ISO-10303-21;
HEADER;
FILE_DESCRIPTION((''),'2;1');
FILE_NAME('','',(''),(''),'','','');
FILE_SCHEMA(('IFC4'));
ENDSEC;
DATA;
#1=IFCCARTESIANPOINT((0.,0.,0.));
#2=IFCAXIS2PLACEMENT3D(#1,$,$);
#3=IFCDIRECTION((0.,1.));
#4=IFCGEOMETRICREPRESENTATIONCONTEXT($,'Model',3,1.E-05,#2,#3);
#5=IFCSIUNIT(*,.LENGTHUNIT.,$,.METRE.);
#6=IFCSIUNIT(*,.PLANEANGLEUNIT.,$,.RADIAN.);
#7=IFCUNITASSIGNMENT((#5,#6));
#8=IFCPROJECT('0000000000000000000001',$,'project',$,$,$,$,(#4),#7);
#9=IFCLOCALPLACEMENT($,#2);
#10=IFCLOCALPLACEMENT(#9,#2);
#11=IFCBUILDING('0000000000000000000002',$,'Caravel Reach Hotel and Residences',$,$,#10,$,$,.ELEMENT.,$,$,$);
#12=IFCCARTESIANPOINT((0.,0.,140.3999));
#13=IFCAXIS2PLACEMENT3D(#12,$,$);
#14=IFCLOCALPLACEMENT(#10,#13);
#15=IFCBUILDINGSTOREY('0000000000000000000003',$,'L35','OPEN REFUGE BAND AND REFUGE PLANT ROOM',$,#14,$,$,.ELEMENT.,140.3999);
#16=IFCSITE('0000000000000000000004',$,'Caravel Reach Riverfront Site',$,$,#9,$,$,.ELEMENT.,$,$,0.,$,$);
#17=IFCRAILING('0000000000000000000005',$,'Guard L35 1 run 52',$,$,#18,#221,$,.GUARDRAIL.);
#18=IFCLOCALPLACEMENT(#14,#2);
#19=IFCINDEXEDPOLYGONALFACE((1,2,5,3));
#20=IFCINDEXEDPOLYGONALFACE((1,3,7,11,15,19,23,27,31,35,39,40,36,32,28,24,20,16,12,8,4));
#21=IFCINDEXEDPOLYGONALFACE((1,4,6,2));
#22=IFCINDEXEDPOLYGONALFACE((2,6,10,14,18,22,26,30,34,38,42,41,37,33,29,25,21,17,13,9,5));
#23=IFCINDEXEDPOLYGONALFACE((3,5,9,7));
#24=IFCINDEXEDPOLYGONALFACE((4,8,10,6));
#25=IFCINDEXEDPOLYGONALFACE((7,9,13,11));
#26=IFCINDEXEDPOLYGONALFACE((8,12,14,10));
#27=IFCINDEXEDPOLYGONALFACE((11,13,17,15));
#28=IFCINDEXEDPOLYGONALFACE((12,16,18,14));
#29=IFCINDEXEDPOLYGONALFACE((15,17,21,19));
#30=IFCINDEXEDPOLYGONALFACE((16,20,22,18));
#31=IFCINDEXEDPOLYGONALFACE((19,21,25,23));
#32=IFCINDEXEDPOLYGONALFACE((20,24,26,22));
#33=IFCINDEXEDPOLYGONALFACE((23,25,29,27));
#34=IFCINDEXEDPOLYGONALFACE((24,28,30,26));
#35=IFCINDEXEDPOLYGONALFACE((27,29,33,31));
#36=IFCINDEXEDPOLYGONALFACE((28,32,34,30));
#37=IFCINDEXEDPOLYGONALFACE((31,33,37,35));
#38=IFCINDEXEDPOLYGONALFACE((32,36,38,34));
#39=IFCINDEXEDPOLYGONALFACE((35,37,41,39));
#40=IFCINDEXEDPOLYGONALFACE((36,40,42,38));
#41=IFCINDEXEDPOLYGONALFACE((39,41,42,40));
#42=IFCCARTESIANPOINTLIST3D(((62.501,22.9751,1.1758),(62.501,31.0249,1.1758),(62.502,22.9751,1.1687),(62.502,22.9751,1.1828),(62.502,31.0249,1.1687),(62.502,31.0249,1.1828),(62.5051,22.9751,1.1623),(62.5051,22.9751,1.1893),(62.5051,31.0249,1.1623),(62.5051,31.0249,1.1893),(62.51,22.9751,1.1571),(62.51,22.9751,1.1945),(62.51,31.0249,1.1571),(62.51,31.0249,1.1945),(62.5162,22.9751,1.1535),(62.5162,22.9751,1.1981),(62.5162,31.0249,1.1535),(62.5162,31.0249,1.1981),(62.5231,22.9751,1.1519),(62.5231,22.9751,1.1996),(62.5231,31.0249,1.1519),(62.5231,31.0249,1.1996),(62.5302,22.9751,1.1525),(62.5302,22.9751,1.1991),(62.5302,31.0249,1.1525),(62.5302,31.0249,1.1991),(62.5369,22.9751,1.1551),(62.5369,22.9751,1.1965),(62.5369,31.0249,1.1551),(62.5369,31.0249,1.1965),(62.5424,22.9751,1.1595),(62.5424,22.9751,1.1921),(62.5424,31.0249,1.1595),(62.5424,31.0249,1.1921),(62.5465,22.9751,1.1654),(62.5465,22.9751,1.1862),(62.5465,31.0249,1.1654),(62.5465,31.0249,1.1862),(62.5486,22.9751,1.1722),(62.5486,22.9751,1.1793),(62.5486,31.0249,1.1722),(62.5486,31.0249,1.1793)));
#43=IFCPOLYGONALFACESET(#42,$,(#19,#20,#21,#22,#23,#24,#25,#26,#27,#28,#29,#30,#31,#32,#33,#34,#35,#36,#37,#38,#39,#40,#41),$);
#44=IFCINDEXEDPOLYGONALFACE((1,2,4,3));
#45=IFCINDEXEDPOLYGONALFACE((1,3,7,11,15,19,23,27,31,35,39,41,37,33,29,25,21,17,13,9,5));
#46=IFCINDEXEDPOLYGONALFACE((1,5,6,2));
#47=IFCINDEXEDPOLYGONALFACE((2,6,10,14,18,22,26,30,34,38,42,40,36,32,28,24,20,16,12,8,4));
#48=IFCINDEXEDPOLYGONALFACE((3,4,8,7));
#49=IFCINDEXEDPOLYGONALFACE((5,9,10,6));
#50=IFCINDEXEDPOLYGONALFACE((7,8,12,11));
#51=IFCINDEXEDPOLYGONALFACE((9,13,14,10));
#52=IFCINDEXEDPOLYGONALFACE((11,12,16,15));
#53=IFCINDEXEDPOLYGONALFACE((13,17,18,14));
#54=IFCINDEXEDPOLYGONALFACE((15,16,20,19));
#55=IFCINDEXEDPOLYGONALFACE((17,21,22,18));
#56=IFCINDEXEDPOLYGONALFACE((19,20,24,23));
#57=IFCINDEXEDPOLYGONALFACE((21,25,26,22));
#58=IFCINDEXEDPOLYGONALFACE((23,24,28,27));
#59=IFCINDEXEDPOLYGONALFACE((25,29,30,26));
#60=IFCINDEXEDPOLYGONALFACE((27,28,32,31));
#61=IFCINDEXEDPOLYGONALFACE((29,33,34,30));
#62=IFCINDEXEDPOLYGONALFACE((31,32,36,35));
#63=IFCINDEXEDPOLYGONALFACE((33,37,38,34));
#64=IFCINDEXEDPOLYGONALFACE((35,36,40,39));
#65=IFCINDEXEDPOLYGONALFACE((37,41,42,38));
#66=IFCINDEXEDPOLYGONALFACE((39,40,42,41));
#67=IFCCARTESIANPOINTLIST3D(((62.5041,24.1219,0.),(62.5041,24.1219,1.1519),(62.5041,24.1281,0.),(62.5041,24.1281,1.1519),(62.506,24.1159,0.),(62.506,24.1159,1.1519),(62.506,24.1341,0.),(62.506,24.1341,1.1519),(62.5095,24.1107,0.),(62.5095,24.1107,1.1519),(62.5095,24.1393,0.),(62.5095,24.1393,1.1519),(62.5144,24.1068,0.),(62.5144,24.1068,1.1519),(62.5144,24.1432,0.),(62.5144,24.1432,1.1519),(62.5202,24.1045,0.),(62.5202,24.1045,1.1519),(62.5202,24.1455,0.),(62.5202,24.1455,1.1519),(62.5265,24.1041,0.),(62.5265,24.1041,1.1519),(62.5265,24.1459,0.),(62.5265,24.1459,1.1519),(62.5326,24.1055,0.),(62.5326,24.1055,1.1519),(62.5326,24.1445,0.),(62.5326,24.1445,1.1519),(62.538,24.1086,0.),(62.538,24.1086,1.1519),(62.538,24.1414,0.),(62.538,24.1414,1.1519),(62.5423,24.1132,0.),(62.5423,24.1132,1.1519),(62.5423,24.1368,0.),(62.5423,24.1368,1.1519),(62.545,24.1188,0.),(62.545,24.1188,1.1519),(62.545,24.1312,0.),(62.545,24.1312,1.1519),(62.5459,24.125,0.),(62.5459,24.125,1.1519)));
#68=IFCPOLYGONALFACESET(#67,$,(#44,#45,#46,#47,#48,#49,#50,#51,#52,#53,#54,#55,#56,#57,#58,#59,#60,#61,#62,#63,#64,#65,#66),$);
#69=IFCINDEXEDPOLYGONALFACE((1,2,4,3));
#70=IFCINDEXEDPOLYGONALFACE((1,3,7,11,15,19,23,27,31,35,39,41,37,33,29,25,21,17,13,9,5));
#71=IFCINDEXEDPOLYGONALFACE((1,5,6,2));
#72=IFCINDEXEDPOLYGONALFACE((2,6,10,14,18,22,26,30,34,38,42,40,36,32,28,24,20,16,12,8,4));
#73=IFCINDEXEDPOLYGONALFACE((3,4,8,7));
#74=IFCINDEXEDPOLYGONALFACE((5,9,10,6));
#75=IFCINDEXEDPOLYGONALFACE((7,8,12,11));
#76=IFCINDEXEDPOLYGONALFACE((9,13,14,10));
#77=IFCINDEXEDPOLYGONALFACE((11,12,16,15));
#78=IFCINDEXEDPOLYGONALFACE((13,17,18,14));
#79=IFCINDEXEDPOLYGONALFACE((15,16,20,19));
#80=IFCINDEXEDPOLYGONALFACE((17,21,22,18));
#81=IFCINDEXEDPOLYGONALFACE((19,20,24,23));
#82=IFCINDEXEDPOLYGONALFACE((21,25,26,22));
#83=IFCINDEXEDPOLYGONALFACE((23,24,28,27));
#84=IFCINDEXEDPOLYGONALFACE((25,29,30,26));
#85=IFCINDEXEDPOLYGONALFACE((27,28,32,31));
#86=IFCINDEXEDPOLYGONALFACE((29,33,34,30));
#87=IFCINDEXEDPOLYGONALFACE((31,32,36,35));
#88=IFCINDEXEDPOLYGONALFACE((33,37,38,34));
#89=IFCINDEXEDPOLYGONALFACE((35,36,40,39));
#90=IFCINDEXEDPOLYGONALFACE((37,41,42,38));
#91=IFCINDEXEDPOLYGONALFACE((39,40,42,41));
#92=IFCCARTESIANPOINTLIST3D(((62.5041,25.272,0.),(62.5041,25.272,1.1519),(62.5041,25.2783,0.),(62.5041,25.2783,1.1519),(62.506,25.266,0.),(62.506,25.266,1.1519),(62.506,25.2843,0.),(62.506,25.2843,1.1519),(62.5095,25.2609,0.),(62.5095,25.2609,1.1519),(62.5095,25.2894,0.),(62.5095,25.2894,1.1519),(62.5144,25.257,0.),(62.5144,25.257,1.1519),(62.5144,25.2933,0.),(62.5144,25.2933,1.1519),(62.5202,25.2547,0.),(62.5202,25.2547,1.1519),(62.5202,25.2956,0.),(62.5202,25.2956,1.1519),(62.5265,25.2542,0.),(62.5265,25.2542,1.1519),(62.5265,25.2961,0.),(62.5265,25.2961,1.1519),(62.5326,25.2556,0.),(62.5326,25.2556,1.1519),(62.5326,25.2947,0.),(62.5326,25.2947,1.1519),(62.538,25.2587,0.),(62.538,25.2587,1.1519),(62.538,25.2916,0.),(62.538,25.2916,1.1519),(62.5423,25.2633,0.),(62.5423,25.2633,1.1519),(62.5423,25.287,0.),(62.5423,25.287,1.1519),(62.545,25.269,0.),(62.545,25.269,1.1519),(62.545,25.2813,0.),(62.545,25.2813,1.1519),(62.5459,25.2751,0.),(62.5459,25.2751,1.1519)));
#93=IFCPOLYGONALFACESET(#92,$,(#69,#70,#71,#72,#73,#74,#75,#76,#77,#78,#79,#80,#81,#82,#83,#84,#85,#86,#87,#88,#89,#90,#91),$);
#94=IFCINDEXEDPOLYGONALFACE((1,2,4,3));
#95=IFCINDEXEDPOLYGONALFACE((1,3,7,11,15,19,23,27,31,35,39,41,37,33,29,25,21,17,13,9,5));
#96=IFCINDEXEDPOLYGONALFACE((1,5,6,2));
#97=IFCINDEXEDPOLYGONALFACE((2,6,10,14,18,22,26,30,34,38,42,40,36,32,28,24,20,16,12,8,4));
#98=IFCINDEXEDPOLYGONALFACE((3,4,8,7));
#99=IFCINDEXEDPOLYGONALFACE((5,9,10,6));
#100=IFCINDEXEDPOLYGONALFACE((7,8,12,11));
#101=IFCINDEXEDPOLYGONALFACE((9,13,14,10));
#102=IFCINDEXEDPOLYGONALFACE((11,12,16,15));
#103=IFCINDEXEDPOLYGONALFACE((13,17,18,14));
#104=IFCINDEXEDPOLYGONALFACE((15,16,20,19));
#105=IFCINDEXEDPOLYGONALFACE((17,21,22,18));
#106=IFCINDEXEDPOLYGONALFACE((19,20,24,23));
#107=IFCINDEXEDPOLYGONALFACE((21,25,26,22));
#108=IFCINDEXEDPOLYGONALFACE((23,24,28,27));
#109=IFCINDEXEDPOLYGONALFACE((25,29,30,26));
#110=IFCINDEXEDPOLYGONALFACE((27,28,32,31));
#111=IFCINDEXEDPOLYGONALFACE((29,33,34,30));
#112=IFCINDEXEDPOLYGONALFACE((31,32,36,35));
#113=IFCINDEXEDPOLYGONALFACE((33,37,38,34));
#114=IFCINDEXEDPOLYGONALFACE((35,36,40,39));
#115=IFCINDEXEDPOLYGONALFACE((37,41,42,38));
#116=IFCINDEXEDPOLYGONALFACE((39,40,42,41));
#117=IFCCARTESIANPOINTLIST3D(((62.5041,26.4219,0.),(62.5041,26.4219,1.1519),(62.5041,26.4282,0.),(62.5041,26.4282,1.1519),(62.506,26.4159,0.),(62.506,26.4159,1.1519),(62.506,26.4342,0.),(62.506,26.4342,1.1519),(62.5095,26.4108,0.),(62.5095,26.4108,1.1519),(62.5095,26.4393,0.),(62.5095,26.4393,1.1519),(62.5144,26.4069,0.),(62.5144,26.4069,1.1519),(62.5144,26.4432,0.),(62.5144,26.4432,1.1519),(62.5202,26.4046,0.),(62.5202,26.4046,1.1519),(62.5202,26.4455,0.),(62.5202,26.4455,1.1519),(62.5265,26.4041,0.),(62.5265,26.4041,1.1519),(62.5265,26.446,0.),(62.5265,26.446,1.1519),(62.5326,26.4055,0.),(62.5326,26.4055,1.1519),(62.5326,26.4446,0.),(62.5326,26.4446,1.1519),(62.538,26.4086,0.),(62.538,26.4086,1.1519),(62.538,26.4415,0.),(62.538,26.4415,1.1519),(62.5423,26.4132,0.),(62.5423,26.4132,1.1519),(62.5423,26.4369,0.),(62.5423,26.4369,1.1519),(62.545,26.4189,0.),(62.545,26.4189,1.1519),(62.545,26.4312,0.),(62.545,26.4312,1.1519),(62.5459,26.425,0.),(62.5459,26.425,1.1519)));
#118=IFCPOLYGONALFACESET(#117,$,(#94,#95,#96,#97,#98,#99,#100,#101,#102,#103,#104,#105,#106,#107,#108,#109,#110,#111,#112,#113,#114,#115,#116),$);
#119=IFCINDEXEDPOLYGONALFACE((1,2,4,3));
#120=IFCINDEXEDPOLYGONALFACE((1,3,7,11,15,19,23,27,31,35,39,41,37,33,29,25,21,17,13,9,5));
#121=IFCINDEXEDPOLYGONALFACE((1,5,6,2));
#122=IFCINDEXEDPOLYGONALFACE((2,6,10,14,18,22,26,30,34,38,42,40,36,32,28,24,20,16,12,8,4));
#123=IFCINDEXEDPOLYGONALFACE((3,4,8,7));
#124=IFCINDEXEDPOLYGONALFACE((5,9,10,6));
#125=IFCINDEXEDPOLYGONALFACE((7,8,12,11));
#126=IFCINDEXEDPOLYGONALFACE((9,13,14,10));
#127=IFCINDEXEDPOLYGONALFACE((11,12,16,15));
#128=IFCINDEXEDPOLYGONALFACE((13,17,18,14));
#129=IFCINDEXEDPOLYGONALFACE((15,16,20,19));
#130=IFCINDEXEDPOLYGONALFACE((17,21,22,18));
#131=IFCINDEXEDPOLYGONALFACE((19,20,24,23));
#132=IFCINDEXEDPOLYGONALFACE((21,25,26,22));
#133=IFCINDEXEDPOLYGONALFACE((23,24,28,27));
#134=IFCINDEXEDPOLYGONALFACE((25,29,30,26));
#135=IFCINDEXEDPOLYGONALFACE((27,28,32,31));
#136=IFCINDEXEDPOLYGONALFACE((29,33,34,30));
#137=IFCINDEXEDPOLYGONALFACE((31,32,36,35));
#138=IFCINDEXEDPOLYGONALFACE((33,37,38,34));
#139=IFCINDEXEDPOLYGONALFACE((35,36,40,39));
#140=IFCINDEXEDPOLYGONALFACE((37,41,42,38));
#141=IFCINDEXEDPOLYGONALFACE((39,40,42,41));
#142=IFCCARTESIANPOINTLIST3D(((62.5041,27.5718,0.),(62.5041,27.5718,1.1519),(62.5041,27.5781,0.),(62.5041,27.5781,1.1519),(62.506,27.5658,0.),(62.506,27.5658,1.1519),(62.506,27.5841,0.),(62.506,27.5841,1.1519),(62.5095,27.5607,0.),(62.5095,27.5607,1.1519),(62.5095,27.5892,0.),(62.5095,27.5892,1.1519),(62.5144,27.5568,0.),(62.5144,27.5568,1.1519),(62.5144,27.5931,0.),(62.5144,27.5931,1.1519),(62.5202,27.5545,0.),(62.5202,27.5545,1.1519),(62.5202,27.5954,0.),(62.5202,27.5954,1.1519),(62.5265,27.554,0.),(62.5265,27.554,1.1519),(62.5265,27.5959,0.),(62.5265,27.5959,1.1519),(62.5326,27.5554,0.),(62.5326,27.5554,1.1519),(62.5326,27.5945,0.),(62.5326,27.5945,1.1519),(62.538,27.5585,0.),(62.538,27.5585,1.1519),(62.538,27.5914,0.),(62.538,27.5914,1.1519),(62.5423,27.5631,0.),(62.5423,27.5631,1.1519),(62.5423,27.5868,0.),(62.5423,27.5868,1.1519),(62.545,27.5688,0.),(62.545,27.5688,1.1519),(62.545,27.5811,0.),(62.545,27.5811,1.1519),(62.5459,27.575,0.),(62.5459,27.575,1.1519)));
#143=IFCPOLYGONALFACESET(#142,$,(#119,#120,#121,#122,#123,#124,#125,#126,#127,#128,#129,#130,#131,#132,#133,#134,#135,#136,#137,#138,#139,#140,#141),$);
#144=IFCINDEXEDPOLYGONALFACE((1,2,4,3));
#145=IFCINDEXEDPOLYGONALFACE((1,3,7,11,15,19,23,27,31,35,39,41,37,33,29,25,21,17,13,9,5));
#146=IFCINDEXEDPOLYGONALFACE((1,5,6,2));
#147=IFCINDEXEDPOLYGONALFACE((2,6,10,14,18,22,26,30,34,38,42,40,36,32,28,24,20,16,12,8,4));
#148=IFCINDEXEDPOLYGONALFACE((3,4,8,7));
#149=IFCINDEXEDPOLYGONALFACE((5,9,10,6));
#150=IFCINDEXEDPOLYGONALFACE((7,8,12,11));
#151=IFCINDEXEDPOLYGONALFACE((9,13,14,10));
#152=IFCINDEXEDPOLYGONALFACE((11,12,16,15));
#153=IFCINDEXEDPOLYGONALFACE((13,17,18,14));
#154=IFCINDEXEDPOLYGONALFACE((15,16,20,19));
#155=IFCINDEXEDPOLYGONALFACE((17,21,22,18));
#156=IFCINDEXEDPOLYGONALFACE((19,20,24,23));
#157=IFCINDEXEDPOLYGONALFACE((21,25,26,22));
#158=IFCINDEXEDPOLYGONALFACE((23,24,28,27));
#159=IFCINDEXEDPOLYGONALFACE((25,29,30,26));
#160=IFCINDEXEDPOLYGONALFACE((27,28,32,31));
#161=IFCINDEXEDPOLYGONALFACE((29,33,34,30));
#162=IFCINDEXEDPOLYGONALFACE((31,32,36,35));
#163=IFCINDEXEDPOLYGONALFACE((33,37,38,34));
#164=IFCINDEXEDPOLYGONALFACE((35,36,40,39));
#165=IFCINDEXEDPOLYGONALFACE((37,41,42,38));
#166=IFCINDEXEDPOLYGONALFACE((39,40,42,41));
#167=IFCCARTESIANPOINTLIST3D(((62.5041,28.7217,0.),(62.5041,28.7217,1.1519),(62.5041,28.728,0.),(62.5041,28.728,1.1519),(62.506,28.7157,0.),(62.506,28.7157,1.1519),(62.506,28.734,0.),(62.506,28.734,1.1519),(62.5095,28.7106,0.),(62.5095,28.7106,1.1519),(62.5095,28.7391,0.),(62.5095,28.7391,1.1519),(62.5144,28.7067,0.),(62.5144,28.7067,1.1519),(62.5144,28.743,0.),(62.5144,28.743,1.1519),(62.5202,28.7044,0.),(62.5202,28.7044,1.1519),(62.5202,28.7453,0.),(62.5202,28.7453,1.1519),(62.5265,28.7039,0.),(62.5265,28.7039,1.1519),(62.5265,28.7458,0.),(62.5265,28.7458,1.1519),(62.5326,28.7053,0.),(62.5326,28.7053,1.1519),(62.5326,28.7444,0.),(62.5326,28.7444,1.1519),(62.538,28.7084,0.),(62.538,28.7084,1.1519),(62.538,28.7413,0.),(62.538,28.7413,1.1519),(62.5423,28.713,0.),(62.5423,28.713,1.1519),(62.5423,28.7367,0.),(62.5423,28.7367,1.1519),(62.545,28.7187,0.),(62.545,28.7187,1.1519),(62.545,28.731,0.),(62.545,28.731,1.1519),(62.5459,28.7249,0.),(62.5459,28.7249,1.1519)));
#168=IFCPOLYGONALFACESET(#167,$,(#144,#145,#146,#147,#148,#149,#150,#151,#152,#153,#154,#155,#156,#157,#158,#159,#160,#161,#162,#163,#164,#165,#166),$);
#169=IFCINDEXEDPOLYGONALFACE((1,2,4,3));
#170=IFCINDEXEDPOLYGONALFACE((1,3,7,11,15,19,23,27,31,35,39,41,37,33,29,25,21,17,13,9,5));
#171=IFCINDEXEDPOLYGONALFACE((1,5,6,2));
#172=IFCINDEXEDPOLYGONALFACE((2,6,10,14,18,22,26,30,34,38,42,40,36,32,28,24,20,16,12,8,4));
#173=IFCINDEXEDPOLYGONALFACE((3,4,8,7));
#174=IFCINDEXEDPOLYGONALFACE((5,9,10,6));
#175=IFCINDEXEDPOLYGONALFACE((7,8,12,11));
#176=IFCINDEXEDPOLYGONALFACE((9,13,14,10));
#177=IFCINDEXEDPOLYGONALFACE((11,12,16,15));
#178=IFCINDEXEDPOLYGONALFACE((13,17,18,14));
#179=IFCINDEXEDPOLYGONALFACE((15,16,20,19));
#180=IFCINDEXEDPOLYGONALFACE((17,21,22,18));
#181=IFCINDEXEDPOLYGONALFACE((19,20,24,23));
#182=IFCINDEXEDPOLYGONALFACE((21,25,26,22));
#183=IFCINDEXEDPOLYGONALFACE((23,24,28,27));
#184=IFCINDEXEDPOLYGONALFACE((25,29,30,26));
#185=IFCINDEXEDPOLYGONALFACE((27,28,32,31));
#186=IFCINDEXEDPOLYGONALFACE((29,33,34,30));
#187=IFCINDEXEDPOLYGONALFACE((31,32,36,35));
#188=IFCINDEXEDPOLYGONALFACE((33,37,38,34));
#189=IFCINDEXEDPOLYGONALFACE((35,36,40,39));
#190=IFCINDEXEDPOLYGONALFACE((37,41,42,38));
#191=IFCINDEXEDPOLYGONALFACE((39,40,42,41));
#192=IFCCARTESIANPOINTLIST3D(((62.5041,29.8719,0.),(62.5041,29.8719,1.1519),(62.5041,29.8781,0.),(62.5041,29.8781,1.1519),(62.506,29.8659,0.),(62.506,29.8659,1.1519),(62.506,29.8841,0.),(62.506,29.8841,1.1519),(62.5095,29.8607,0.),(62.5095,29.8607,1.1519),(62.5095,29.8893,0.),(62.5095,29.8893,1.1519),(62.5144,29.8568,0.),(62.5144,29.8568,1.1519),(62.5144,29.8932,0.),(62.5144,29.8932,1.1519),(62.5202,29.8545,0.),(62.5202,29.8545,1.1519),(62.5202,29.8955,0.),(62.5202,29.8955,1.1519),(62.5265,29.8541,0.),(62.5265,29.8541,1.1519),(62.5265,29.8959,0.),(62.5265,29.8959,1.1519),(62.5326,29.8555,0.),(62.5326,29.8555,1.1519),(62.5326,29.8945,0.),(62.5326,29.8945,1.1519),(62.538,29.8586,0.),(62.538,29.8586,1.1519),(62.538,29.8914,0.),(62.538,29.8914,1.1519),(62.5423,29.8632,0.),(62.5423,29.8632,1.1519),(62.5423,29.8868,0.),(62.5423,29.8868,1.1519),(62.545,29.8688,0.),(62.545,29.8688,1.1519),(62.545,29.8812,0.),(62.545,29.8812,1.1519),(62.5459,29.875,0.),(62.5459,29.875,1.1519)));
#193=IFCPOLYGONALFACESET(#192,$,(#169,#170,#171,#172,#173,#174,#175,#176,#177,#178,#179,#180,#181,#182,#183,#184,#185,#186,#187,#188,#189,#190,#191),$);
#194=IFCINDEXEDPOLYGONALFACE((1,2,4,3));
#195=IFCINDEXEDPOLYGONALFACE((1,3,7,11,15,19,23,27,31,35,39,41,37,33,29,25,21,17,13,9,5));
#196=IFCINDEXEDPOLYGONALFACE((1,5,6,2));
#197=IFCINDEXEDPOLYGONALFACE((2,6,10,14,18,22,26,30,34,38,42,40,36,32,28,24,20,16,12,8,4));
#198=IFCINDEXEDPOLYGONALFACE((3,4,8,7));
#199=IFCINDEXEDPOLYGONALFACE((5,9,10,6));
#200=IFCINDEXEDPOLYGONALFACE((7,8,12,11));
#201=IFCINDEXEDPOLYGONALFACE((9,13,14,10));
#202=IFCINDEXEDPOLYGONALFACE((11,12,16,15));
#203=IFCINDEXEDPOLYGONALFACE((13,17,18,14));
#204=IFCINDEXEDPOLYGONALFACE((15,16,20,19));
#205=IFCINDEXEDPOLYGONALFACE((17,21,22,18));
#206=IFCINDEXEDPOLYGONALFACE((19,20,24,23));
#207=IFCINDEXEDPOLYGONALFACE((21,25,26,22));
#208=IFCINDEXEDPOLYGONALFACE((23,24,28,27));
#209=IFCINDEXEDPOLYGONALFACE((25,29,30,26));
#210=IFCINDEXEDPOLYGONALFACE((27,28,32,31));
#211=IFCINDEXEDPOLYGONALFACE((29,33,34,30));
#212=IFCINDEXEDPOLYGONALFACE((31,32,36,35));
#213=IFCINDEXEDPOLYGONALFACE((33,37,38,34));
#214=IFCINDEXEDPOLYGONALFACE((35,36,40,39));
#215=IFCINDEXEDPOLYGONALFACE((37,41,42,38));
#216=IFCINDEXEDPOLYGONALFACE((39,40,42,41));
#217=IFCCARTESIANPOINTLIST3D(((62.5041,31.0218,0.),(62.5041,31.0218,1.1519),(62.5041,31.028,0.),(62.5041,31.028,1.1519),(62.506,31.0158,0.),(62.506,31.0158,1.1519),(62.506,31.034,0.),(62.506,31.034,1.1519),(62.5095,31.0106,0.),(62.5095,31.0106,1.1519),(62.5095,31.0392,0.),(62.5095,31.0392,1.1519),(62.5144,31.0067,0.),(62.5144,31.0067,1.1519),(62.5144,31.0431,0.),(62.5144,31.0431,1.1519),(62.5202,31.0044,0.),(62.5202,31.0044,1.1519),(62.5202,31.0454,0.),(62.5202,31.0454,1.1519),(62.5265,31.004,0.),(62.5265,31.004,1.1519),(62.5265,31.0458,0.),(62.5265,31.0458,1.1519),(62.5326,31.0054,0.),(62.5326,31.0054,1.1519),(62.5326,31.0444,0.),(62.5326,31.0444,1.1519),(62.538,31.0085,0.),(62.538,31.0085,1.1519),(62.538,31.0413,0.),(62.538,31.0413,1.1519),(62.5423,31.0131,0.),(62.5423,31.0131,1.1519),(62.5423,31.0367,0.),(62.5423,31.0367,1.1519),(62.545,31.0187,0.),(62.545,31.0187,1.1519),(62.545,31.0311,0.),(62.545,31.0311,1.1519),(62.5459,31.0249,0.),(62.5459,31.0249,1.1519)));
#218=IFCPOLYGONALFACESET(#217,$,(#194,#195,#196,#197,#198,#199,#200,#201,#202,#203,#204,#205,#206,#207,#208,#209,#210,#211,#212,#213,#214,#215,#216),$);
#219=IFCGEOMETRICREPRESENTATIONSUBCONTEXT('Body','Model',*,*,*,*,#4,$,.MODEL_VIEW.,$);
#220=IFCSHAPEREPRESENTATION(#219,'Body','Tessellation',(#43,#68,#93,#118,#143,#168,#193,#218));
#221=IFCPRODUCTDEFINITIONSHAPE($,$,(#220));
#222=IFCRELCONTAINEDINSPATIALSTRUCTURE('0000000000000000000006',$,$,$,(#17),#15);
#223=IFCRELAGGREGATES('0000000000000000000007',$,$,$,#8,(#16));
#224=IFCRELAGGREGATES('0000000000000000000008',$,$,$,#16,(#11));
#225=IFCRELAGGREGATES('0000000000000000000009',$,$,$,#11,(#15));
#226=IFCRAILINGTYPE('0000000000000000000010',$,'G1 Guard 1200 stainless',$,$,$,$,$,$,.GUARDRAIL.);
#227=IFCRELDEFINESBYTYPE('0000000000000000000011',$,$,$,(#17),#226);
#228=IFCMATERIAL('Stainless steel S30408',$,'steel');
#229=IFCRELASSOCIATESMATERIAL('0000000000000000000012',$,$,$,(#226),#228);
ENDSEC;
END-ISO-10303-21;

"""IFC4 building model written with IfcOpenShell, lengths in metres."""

from ifc_helpers import new_model, si_unit, direction, frame, origin, origin_2d, place, context, subcontext, project, spatial, circle, extrude, material, type_object, element, save


model = new_model("IFC4")

# Units and contexts
model_context = context("Model", 3, precision=1e-05, world=origin(), true_north=direction((0.0, 1.0)))
body_context = subcontext(model_context, "Body", "Model", "MODEL_VIEW")
ifc_project = project(units=[si_unit("LENGTHUNIT", "METRE"), si_unit("PLANEANGLEUNIT", "RADIAN")], contexts=[model_context])

# Site, building, storey
site_placement = place(None, origin())
site = spatial("IfcSite", under=ifc_project, at=site_placement, Name="Caravel Reach Riverfront Site", CompositionType="ELEMENT", RefElevation=0.0)
building_placement = place(site_placement, origin())
building = spatial("IfcBuilding", under=site, at=building_placement, Name="Caravel Reach Hotel and Residences", CompositionType="ELEMENT")
storey_placement = place(building_placement, frame((0.0, 0.0, 140.3999)))
storey = spatial("IfcBuildingStorey", under=building, at=storey_placement, Name="L35", Description="OPEN REFUGE BAND AND REFUGE PLANT ROOM", CompositionType="ELEMENT", Elevation=140.3999)

# Railing
ifc_material_1 = material(Name="Stainless steel S30408", Category="steel")
railing_type = type_object("IfcRailingType", Name="G1 Guard 1200 stainless", PredefinedType="GUARDRAIL", material=ifc_material_1)
railing_1_placement = place(storey_placement, frame((62.5249, 22.9751, 0.0)))
element("IfcRailing", 1, at=railing_1_placement, inside=storey, type_object=railing_type, Name="Guard L35 1 run 52", PredefinedType="GUARDRAIL", context=body_context, shape_type="SweptSolid", body=[
    extrude(circle(Radius=0.0239, at=origin_2d()), frame((0.0, 0.0, 1.1758), z_axis=(0.0, 1.0, 0.0), x_axis=(-1.0, 0.0, 0.0)), (0.0, 0.0, 1.0), 8.0498),
    extrude(circle(Radius=0.021, at=origin_2d()), frame((0.0, 1.1499, 0.0)), (0.0, 0.0, 1.0), 1.1519),
    extrude(circle(Radius=0.021, at=origin_2d()), frame((0.0, 2.3, 0.0)), (0.0, 0.0, 1.0), 1.1519),
    extrude(circle(Radius=0.021, at=origin_2d()), frame((0.0, 3.45, 0.0)), (0.0, 0.0, 1.0), 1.1519),
    extrude(circle(Radius=0.021, at=origin_2d()), frame((0.0, 4.5999, 0.0)), (0.0, 0.0, 1.0), 1.1519),
    extrude(circle(Radius=0.021, at=origin_2d()), frame((0.0, 5.7498, 0.0)), (0.0, 0.0, 1.0), 1.1519),
    extrude(circle(Radius=0.021, at=origin_2d()), frame((0.0, 6.8999, 0.0)), (0.0, 0.0, 1.0), 1.1519),
    extrude(circle(Radius=0.021, at=origin_2d()), frame((0.0, 8.0498, 0.0)), (0.0, 0.0, 1.0), 1.1519),
])

save(model, "model.ifc")
